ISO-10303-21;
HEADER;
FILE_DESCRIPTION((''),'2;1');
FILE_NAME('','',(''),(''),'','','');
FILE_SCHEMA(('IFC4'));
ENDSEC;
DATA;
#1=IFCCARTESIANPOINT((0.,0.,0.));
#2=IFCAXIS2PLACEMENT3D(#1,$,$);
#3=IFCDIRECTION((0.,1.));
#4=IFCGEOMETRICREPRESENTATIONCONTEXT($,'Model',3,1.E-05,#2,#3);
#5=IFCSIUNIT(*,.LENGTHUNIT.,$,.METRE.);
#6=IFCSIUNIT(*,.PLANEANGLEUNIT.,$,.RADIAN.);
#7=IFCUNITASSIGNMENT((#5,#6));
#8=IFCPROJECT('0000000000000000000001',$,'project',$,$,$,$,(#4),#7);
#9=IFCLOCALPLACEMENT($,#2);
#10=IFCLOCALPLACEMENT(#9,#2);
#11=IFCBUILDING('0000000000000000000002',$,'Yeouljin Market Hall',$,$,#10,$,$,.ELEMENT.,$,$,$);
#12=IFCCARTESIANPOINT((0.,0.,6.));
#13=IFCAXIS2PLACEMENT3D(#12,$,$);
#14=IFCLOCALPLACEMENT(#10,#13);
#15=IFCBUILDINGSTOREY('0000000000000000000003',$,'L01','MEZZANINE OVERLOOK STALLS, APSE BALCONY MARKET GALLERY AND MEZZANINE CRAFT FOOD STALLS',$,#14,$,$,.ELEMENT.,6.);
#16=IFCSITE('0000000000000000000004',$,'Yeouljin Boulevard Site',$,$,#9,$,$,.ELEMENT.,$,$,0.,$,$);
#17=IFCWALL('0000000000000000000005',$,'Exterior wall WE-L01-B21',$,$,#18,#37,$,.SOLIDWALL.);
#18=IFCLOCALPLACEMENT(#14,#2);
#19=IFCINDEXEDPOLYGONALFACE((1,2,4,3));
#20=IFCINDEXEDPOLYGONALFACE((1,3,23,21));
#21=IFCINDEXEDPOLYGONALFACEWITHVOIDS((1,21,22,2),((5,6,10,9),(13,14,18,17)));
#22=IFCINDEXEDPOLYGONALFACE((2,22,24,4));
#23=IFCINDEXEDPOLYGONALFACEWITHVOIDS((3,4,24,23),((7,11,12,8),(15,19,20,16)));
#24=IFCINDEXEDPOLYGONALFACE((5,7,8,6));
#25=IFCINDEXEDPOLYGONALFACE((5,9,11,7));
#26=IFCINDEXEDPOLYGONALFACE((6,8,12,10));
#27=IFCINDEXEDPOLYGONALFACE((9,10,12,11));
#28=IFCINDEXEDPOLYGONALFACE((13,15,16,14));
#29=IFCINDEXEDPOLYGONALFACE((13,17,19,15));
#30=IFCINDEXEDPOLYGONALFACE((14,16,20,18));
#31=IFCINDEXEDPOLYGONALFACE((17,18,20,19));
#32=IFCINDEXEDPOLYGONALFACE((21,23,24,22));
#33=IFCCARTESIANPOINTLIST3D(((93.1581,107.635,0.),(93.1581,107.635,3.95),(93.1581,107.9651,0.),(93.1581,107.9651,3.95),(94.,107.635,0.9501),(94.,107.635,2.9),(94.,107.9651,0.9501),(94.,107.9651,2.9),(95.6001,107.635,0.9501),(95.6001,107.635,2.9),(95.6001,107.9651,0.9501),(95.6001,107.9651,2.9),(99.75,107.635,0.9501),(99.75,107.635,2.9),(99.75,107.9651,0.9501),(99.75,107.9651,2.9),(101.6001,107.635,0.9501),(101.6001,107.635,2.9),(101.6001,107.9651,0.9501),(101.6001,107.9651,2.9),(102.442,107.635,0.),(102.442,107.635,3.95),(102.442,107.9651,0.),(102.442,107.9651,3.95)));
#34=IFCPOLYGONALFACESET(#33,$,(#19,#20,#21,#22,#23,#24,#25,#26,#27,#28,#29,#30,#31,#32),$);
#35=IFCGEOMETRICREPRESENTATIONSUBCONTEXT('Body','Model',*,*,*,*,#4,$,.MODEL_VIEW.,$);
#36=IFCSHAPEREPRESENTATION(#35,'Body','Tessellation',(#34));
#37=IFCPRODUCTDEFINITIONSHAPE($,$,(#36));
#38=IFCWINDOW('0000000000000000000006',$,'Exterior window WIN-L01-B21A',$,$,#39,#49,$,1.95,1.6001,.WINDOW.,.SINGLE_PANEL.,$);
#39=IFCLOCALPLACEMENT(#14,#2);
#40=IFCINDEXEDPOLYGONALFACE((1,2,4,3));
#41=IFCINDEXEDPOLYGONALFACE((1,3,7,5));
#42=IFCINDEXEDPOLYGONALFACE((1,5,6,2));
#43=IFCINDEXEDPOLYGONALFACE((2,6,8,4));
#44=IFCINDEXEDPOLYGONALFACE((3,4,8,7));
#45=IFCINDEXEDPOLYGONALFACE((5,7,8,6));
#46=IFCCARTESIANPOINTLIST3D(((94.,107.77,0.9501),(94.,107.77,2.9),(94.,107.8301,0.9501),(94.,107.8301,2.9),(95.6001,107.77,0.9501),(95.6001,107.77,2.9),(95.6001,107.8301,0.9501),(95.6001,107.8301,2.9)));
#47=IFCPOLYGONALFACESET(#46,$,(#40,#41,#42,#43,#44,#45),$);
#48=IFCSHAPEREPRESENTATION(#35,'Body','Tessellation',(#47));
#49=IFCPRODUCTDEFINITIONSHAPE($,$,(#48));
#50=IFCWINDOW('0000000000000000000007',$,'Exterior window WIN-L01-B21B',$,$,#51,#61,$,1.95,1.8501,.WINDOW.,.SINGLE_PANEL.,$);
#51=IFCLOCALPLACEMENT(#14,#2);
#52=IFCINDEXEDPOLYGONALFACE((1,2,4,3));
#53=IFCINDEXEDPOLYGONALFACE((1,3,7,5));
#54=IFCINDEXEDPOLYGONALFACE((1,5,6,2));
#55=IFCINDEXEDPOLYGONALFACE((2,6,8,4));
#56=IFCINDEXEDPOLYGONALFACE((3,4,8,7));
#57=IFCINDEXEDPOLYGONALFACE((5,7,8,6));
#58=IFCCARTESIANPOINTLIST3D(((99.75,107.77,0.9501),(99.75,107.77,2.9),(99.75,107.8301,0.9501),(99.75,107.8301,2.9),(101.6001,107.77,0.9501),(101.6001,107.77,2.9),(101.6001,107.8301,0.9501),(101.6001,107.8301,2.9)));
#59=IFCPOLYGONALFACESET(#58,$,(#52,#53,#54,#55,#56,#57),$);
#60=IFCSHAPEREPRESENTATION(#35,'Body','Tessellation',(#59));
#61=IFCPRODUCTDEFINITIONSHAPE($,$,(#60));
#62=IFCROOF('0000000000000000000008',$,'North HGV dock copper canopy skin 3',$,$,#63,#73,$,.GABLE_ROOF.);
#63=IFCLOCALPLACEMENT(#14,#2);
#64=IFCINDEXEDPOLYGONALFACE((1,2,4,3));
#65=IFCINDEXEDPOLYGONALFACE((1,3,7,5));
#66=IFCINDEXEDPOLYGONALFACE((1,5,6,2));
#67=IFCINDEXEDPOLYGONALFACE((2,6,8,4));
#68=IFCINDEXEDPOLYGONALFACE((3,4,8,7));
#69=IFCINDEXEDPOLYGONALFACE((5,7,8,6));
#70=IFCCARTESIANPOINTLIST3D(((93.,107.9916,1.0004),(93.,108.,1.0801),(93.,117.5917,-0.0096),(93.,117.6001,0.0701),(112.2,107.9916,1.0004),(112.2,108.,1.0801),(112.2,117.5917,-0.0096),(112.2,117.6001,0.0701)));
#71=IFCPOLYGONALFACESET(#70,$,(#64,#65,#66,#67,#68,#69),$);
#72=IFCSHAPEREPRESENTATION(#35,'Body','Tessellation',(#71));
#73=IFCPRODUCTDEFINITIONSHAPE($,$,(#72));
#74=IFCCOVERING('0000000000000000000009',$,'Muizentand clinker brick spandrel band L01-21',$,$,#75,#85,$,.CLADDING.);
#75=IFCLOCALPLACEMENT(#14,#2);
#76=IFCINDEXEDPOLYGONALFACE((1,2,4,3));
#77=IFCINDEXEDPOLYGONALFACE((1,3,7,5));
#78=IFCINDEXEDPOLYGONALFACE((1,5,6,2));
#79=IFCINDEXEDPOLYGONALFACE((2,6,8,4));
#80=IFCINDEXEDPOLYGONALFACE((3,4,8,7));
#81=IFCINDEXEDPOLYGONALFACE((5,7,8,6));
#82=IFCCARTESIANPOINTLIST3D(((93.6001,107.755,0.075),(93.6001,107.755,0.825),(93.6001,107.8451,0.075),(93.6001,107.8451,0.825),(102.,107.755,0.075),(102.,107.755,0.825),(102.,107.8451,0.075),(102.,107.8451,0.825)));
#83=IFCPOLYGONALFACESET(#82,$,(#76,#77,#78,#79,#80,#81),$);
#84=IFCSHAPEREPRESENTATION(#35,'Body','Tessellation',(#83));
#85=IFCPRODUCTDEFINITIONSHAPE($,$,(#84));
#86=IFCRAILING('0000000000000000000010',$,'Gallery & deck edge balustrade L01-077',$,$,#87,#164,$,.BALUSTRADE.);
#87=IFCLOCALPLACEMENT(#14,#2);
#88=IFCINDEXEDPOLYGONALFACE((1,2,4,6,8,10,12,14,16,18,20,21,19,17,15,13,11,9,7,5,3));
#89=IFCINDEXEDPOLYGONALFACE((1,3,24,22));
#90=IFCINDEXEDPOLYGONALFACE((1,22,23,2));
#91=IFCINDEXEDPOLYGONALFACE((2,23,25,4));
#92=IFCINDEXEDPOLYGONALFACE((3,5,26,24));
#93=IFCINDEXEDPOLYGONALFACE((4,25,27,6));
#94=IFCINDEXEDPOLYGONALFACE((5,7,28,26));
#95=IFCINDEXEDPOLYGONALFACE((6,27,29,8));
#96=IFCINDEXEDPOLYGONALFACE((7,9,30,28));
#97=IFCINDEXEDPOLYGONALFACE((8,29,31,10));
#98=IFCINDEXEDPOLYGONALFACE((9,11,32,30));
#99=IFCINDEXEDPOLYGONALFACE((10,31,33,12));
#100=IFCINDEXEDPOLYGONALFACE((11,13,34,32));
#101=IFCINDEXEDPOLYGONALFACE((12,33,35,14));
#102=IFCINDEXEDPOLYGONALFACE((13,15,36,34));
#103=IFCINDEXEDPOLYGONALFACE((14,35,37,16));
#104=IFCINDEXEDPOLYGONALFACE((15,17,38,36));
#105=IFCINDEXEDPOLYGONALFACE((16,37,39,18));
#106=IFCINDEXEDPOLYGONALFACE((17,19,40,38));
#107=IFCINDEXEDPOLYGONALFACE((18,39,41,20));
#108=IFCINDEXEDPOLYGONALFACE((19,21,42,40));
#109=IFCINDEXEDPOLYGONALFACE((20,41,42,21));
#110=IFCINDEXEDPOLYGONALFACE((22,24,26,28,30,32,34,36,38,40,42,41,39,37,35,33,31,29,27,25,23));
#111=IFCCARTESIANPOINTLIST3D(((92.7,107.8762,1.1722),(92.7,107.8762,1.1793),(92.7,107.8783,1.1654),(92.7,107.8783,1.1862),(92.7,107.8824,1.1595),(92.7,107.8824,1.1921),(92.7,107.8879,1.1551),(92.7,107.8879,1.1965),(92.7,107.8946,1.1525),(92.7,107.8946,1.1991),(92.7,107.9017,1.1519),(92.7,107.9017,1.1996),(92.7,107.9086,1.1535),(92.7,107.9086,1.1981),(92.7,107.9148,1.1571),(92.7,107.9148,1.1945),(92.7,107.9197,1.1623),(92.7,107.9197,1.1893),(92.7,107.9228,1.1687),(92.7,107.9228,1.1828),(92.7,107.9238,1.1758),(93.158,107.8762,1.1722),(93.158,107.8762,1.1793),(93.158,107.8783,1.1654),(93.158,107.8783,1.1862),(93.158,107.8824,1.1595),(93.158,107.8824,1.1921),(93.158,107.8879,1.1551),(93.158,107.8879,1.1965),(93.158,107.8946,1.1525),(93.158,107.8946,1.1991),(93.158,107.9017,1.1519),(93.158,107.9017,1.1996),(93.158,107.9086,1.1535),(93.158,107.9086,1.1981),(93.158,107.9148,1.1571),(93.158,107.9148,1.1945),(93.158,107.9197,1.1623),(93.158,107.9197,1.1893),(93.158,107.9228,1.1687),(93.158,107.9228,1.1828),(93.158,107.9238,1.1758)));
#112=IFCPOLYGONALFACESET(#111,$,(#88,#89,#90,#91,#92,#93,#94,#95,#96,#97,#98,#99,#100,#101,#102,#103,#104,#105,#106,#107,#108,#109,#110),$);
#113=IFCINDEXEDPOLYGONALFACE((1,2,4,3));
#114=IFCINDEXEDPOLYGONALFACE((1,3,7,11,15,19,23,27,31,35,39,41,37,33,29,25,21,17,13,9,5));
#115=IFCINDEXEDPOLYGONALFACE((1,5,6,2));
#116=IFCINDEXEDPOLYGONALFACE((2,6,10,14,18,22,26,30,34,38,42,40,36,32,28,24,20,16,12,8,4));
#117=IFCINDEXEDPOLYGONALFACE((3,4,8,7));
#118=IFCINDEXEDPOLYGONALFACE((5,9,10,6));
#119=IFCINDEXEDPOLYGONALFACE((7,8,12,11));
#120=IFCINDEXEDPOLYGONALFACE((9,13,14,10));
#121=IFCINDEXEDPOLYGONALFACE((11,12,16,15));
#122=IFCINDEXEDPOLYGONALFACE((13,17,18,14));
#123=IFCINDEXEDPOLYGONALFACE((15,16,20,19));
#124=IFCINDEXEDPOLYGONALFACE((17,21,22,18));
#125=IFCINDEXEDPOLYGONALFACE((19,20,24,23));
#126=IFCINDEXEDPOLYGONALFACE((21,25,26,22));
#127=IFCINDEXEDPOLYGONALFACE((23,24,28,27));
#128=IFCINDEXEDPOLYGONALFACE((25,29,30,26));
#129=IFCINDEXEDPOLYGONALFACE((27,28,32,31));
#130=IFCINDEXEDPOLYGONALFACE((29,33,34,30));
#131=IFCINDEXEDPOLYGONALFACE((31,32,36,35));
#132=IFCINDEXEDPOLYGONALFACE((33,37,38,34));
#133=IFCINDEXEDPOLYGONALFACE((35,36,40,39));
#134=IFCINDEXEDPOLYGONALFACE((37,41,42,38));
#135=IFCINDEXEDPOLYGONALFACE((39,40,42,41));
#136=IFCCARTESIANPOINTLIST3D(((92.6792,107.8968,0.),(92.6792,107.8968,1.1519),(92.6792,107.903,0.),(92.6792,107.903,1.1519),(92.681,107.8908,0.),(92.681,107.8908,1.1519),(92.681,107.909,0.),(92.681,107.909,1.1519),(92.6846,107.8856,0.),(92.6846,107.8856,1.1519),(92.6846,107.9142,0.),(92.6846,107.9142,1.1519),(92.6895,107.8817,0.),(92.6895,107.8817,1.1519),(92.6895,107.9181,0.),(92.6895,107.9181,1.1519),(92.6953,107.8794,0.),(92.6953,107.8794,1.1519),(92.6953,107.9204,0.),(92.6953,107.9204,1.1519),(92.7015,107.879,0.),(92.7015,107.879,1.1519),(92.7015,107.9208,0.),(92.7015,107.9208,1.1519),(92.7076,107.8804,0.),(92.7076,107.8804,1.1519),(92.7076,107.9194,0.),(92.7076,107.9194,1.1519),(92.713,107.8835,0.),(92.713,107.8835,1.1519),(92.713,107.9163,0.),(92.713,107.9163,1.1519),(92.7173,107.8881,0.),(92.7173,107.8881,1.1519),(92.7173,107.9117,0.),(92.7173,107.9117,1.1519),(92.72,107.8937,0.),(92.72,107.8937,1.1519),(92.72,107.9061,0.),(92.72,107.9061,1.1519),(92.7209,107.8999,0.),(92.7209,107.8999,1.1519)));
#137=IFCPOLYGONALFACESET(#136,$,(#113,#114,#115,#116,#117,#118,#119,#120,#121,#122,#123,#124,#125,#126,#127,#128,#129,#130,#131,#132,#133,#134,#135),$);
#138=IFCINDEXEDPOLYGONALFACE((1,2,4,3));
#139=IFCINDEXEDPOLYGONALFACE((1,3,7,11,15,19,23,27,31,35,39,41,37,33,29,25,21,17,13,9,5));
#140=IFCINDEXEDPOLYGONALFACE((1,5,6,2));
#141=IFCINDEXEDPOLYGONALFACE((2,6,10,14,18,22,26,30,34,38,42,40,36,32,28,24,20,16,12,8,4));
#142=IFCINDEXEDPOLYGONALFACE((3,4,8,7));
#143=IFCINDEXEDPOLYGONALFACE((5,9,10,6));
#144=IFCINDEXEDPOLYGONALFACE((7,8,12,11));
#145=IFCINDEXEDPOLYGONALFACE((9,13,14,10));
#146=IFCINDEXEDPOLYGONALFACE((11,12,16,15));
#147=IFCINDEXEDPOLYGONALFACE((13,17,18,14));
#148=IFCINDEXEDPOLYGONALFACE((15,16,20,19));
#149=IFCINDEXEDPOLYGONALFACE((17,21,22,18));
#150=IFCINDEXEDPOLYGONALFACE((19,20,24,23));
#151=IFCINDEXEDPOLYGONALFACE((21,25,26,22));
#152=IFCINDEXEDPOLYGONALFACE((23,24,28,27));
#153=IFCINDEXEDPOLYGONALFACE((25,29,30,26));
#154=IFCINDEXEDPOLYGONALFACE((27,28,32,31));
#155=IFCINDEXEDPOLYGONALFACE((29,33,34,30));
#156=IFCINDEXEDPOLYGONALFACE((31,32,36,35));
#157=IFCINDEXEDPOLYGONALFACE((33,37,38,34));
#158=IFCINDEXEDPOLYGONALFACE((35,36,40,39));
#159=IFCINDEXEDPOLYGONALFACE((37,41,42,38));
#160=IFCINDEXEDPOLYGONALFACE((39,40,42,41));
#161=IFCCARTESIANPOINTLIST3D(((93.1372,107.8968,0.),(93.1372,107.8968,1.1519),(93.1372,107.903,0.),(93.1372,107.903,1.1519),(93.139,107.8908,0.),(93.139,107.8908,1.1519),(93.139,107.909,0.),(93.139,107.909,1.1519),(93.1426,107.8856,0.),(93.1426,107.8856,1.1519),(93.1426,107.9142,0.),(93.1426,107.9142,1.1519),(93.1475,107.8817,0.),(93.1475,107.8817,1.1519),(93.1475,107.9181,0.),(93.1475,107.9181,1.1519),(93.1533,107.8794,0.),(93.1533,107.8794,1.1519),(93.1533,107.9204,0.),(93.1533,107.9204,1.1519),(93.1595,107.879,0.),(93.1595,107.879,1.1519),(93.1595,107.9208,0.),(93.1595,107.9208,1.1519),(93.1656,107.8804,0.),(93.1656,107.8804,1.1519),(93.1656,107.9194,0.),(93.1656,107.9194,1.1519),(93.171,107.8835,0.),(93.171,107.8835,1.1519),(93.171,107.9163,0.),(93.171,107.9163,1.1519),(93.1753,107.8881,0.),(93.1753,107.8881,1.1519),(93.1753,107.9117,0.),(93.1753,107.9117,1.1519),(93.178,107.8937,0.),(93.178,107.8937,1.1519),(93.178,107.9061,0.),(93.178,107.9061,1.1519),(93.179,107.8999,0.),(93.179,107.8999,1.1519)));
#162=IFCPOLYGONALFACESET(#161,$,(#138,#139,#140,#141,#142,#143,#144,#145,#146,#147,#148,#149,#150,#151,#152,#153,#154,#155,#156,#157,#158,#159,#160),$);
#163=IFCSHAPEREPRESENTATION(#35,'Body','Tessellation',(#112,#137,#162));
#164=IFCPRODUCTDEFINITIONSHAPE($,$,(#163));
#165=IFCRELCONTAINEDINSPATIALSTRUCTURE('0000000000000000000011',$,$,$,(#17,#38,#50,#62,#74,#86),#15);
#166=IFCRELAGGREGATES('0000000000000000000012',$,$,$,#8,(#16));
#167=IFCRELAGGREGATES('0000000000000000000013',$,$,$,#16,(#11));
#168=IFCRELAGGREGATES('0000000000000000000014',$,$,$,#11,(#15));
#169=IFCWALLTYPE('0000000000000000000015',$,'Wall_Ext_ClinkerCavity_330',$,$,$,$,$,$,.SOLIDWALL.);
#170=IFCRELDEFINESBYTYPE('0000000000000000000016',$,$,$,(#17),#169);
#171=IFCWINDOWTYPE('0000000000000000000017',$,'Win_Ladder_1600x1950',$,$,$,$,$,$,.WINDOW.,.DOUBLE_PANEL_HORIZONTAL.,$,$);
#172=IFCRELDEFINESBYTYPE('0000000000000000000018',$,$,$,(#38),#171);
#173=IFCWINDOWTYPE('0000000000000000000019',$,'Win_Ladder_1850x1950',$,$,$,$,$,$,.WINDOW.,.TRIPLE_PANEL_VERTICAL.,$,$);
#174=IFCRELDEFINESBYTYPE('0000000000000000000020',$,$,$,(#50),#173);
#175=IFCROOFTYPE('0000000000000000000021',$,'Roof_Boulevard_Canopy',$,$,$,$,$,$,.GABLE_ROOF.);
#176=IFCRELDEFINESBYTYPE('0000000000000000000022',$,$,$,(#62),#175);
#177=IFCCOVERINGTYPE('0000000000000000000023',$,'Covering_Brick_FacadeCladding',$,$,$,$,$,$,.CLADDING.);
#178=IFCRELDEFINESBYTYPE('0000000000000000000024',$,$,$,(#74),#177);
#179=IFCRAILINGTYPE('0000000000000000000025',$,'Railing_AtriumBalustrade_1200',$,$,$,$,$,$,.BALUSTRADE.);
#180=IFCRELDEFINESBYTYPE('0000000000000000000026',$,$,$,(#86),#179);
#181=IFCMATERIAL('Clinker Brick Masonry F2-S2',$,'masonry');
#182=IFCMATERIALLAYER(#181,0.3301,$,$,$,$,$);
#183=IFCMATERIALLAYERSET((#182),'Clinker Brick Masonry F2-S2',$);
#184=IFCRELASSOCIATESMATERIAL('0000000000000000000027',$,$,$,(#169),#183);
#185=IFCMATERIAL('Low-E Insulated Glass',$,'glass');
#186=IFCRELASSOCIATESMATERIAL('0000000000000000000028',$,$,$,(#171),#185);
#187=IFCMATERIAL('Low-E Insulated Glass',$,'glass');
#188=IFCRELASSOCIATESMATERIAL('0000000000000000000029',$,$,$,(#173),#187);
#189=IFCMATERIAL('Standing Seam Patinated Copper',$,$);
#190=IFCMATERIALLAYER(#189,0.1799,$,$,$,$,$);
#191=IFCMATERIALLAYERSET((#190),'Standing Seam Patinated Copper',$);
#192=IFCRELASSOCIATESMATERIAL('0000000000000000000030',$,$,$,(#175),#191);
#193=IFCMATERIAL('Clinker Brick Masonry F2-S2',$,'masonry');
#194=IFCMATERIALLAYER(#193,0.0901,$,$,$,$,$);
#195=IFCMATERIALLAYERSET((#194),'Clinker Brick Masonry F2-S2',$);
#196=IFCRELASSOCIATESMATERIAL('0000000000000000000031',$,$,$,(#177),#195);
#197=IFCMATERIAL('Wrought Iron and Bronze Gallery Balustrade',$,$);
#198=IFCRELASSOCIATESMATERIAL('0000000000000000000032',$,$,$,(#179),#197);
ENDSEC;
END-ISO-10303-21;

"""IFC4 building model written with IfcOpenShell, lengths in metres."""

from ifc_helpers import new_model, si_unit, direction, frame, frame_2d, origin, origin_2d, place, context, subcontext, project, spatial, polyline, rectangle, circle, outline, extrude, material, layer, layer_set, type_object, element, fill, save


model = new_model("IFC4")

# Units and contexts
model_context = context("Model", 3, precision=1e-05, world=origin(), true_north=direction((0.0, 1.0)))
body_context = subcontext(model_context, "Body", "Model", "MODEL_VIEW")
ifc_project = project(units=[si_unit("LENGTHUNIT", "METRE"), si_unit("PLANEANGLEUNIT", "RADIAN")], contexts=[model_context])

# Site, building, storey
site_placement = place(None, origin())
site = spatial("IfcSite", under=ifc_project, at=site_placement, Name="Yeouljin Boulevard Site", CompositionType="ELEMENT", RefElevation=0.0)
building_placement = place(site_placement, origin())
building = spatial("IfcBuilding", under=site, at=building_placement, Name="Yeouljin Market Hall", CompositionType="ELEMENT")
storey_placement = place(building_placement, frame((0.0, 0.0, 6.0)))
storey = spatial("IfcBuildingStorey", under=building, at=storey_placement, Name="L01", Description="MEZZANINE OVERLOOK STALLS, APSE BALCONY MARKET GALLERY AND MEZZANINE CRAFT FOOD STALLS", CompositionType="ELEMENT", Elevation=6.0)

# Wall, openings, windows
ifc_material_1 = material(Name="Clinker Brick Masonry F2-S2", Category="masonry")
ifc_layer_1 = layer(ifc_material_1, 0.3301)
ifc_layer_set_1 = layer_set([ifc_layer_1], Name="Clinker Brick Masonry F2-S2")
wall_type = type_object("IfcWallType", Name="Wall_Ext_ClinkerCavity_330", PredefinedType="SOLIDWALL", material=ifc_layer_set_1)
wall_placement = place(storey_placement, frame((93.158, 107.8, 0.0), z_axis=(0.0, 0.0, 1.0), x_axis=(1.0, 0.0, 0.0)))
wall = element("IfcWall", 1, at=wall_placement, inside=storey, type_object=wall_type, Name="Exterior wall WE-L01-B21", PredefinedType="SOLIDWALL", context=body_context, shape_type="SweptSolid", body=[
    extrude(rectangle(XDim=9.2839, YDim=0.3301, at=frame_2d((4.6421, 0.0))), origin(), (0.0, 0.0, 1.0), 3.95),
])
opening_1_placement = place(wall_placement, frame((0.842, 0.0, 0.95)))
opening_1 = element("IfcOpeningElement", 2, at=opening_1_placement, cuts=wall, PredefinedType="OPENING", context=body_context, shape_type="SweptSolid", body=[
    extrude(rectangle(XDim=1.6001, YDim=1.95, at=frame_2d((0.8, 0.9751))), frame((0.0, 0.175, 0.0), z_axis=(0.0, -1.0, 0.0), x_axis=(1.0, 0.0, 0.0)), (0.0, 0.0, 1.0), 0.3501),
])
opening_2_placement = place(wall_placement, frame((6.592, 0.0, 0.95)))
opening_2 = element("IfcOpeningElement", 3, at=opening_2_placement, cuts=wall, PredefinedType="OPENING", context=body_context, shape_type="SweptSolid", body=[
    extrude(rectangle(XDim=1.8501, YDim=1.95, at=frame_2d((0.925, 0.9751))), frame((0.0, 0.175, 0.0), z_axis=(0.0, -1.0, 0.0), x_axis=(1.0, 0.0, 0.0)), (0.0, 0.0, 1.0), 0.3501),
])
ifc_material_2 = material(Name="Low-E Insulated Glass", Category="glass")
window_type_1 = type_object("IfcWindowType", Name="Win_Ladder_1600x1950", PartitioningType="DOUBLE_PANEL_HORIZONTAL", PredefinedType="WINDOW", material=ifc_material_2)
window_1_placement = place(opening_1_placement, origin())
window_1 = element("IfcWindow", 4, at=window_1_placement, inside=storey, type_object=window_type_1, Name="Exterior window WIN-L01-B21A", OverallHeight=1.95, OverallWidth=1.6001, PartitioningType="SINGLE_PANEL", PredefinedType="WINDOW", context=body_context, shape_type="SweptSolid", body=[
    extrude(rectangle(XDim=1.6001, YDim=1.95, at=frame_2d((0.8, 0.9751))), frame((0.0, 0.03, 0.0), z_axis=(0.0, -1.0, 0.0), x_axis=(1.0, 0.0, 0.0)), (0.0, 0.0, 1.0), 0.0601),
])
fill(opening_1, window_1)
ifc_material_3 = material(Name="Low-E Insulated Glass", Category="glass")
window_type_2 = type_object("IfcWindowType", Name="Win_Ladder_1850x1950", PartitioningType="TRIPLE_PANEL_VERTICAL", PredefinedType="WINDOW", material=ifc_material_3)
window_2_placement = place(opening_2_placement, origin())
window_2 = element("IfcWindow", 5, at=window_2_placement, inside=storey, type_object=window_type_2, Name="Exterior window WIN-L01-B21B", OverallHeight=1.95, OverallWidth=1.8501, PartitioningType="SINGLE_PANEL", PredefinedType="WINDOW", context=body_context, shape_type="SweptSolid", body=[
    extrude(rectangle(XDim=1.8501, YDim=1.95, at=frame_2d((0.925, 0.9751))), frame((0.0, 0.03, 0.0), z_axis=(0.0, -1.0, 0.0), x_axis=(1.0, 0.0, 0.0)), (0.0, 0.0, 1.0), 0.0601),
])
fill(opening_2, window_2)

# Roof
ifc_material_4 = material(Name="Standing Seam Patinated Copper")
ifc_layer_2 = layer(ifc_material_4, 0.1799)
ifc_layer_set_2 = layer_set([ifc_layer_2], Name="Standing Seam Patinated Copper")
roof_type = type_object("IfcRoofType", Name="Roof_Boulevard_Canopy", PredefinedType="GABLE_ROOF", material=ifc_layer_set_2)
roof_placement = place(storey_placement, frame((93.0, 108.0, 1.0801), z_axis=(0.0, 0.104631, 0.994511), x_axis=(0.0, 0.994511, -0.104631)))
element("IfcRoof", 6, at=roof_placement, inside=storey, type_object=roof_type, Name="North HGV dock copper canopy skin 3", PredefinedType="GABLE_ROOF", context=body_context, shape_type="SweptSolid", body=[
    extrude(outline(polyline([(0.0, 0.0), (9.6531, 0.0), (9.6531, -19.2), (0.0, -19.2), (0.0, 0.0)])), origin(), (0.0, 0.0, -1.0), 0.0801),
])

# Covering
ifc_material_5 = material(Name="Clinker Brick Masonry F2-S2", Category="masonry")
ifc_layer_3 = layer(ifc_material_5, 0.0901)
ifc_layer_set_3 = layer_set([ifc_layer_3], Name="Clinker Brick Masonry F2-S2")
covering_type = type_object("IfcCoveringType", Name="Covering_Brick_FacadeCladding", PredefinedType="CLADDING", material=ifc_layer_set_3)
covering_placement = place(storey_placement, frame((97.8, 107.8, 0.075), z_axis=(0.0, 0.0, 1.0), x_axis=(1.0, 0.0, 0.0)))
element("IfcCovering", 7, at=covering_placement, inside=storey, type_object=covering_type, Name="Muizentand clinker brick spandrel band L01-21", PredefinedType="CLADDING", context=body_context, shape_type="SweptSolid", body=[
    extrude(rectangle(XDim=8.3999, YDim=0.0901, at=origin_2d()), origin(), (0.0, 0.0, 1.0), 0.75),
])

# Railing
ifc_material_6 = material(Name="Wrought Iron and Bronze Gallery Balustrade")
railing_type = type_object("IfcRailingType", Name="Railing_AtriumBalustrade_1200", PredefinedType="BALUSTRADE", material=ifc_material_6)
for number, where, name in (
    (8, (92.7, 107.8999, 0.0), "Gallery & deck edge balustrade L01-077"),
):
    element("IfcRailing", number, at=place(storey_placement, frame(where)), inside=storey, type_object=railing_type, Name=name, PredefinedType="BALUSTRADE", context=body_context, shape_type="SweptSolid", body=[
        extrude(circle(Radius=0.0239, at=origin_2d()), frame((0.0, 0.0, 1.1758), z_axis=(1.0, 0.0, 0.0), x_axis=(0.0, 1.0, 0.0)), (0.0, 0.0, 1.0), 0.458),
        extrude(circle(Radius=0.021, at=origin_2d()), origin(), (0.0, 0.0, 1.0), 1.1519),
        extrude(circle(Radius=0.021, at=origin_2d()), frame((0.458, 0.0, 0.0)), (0.0, 0.0, 1.0), 1.1519),
    ])

save(model, "model.ifc")
